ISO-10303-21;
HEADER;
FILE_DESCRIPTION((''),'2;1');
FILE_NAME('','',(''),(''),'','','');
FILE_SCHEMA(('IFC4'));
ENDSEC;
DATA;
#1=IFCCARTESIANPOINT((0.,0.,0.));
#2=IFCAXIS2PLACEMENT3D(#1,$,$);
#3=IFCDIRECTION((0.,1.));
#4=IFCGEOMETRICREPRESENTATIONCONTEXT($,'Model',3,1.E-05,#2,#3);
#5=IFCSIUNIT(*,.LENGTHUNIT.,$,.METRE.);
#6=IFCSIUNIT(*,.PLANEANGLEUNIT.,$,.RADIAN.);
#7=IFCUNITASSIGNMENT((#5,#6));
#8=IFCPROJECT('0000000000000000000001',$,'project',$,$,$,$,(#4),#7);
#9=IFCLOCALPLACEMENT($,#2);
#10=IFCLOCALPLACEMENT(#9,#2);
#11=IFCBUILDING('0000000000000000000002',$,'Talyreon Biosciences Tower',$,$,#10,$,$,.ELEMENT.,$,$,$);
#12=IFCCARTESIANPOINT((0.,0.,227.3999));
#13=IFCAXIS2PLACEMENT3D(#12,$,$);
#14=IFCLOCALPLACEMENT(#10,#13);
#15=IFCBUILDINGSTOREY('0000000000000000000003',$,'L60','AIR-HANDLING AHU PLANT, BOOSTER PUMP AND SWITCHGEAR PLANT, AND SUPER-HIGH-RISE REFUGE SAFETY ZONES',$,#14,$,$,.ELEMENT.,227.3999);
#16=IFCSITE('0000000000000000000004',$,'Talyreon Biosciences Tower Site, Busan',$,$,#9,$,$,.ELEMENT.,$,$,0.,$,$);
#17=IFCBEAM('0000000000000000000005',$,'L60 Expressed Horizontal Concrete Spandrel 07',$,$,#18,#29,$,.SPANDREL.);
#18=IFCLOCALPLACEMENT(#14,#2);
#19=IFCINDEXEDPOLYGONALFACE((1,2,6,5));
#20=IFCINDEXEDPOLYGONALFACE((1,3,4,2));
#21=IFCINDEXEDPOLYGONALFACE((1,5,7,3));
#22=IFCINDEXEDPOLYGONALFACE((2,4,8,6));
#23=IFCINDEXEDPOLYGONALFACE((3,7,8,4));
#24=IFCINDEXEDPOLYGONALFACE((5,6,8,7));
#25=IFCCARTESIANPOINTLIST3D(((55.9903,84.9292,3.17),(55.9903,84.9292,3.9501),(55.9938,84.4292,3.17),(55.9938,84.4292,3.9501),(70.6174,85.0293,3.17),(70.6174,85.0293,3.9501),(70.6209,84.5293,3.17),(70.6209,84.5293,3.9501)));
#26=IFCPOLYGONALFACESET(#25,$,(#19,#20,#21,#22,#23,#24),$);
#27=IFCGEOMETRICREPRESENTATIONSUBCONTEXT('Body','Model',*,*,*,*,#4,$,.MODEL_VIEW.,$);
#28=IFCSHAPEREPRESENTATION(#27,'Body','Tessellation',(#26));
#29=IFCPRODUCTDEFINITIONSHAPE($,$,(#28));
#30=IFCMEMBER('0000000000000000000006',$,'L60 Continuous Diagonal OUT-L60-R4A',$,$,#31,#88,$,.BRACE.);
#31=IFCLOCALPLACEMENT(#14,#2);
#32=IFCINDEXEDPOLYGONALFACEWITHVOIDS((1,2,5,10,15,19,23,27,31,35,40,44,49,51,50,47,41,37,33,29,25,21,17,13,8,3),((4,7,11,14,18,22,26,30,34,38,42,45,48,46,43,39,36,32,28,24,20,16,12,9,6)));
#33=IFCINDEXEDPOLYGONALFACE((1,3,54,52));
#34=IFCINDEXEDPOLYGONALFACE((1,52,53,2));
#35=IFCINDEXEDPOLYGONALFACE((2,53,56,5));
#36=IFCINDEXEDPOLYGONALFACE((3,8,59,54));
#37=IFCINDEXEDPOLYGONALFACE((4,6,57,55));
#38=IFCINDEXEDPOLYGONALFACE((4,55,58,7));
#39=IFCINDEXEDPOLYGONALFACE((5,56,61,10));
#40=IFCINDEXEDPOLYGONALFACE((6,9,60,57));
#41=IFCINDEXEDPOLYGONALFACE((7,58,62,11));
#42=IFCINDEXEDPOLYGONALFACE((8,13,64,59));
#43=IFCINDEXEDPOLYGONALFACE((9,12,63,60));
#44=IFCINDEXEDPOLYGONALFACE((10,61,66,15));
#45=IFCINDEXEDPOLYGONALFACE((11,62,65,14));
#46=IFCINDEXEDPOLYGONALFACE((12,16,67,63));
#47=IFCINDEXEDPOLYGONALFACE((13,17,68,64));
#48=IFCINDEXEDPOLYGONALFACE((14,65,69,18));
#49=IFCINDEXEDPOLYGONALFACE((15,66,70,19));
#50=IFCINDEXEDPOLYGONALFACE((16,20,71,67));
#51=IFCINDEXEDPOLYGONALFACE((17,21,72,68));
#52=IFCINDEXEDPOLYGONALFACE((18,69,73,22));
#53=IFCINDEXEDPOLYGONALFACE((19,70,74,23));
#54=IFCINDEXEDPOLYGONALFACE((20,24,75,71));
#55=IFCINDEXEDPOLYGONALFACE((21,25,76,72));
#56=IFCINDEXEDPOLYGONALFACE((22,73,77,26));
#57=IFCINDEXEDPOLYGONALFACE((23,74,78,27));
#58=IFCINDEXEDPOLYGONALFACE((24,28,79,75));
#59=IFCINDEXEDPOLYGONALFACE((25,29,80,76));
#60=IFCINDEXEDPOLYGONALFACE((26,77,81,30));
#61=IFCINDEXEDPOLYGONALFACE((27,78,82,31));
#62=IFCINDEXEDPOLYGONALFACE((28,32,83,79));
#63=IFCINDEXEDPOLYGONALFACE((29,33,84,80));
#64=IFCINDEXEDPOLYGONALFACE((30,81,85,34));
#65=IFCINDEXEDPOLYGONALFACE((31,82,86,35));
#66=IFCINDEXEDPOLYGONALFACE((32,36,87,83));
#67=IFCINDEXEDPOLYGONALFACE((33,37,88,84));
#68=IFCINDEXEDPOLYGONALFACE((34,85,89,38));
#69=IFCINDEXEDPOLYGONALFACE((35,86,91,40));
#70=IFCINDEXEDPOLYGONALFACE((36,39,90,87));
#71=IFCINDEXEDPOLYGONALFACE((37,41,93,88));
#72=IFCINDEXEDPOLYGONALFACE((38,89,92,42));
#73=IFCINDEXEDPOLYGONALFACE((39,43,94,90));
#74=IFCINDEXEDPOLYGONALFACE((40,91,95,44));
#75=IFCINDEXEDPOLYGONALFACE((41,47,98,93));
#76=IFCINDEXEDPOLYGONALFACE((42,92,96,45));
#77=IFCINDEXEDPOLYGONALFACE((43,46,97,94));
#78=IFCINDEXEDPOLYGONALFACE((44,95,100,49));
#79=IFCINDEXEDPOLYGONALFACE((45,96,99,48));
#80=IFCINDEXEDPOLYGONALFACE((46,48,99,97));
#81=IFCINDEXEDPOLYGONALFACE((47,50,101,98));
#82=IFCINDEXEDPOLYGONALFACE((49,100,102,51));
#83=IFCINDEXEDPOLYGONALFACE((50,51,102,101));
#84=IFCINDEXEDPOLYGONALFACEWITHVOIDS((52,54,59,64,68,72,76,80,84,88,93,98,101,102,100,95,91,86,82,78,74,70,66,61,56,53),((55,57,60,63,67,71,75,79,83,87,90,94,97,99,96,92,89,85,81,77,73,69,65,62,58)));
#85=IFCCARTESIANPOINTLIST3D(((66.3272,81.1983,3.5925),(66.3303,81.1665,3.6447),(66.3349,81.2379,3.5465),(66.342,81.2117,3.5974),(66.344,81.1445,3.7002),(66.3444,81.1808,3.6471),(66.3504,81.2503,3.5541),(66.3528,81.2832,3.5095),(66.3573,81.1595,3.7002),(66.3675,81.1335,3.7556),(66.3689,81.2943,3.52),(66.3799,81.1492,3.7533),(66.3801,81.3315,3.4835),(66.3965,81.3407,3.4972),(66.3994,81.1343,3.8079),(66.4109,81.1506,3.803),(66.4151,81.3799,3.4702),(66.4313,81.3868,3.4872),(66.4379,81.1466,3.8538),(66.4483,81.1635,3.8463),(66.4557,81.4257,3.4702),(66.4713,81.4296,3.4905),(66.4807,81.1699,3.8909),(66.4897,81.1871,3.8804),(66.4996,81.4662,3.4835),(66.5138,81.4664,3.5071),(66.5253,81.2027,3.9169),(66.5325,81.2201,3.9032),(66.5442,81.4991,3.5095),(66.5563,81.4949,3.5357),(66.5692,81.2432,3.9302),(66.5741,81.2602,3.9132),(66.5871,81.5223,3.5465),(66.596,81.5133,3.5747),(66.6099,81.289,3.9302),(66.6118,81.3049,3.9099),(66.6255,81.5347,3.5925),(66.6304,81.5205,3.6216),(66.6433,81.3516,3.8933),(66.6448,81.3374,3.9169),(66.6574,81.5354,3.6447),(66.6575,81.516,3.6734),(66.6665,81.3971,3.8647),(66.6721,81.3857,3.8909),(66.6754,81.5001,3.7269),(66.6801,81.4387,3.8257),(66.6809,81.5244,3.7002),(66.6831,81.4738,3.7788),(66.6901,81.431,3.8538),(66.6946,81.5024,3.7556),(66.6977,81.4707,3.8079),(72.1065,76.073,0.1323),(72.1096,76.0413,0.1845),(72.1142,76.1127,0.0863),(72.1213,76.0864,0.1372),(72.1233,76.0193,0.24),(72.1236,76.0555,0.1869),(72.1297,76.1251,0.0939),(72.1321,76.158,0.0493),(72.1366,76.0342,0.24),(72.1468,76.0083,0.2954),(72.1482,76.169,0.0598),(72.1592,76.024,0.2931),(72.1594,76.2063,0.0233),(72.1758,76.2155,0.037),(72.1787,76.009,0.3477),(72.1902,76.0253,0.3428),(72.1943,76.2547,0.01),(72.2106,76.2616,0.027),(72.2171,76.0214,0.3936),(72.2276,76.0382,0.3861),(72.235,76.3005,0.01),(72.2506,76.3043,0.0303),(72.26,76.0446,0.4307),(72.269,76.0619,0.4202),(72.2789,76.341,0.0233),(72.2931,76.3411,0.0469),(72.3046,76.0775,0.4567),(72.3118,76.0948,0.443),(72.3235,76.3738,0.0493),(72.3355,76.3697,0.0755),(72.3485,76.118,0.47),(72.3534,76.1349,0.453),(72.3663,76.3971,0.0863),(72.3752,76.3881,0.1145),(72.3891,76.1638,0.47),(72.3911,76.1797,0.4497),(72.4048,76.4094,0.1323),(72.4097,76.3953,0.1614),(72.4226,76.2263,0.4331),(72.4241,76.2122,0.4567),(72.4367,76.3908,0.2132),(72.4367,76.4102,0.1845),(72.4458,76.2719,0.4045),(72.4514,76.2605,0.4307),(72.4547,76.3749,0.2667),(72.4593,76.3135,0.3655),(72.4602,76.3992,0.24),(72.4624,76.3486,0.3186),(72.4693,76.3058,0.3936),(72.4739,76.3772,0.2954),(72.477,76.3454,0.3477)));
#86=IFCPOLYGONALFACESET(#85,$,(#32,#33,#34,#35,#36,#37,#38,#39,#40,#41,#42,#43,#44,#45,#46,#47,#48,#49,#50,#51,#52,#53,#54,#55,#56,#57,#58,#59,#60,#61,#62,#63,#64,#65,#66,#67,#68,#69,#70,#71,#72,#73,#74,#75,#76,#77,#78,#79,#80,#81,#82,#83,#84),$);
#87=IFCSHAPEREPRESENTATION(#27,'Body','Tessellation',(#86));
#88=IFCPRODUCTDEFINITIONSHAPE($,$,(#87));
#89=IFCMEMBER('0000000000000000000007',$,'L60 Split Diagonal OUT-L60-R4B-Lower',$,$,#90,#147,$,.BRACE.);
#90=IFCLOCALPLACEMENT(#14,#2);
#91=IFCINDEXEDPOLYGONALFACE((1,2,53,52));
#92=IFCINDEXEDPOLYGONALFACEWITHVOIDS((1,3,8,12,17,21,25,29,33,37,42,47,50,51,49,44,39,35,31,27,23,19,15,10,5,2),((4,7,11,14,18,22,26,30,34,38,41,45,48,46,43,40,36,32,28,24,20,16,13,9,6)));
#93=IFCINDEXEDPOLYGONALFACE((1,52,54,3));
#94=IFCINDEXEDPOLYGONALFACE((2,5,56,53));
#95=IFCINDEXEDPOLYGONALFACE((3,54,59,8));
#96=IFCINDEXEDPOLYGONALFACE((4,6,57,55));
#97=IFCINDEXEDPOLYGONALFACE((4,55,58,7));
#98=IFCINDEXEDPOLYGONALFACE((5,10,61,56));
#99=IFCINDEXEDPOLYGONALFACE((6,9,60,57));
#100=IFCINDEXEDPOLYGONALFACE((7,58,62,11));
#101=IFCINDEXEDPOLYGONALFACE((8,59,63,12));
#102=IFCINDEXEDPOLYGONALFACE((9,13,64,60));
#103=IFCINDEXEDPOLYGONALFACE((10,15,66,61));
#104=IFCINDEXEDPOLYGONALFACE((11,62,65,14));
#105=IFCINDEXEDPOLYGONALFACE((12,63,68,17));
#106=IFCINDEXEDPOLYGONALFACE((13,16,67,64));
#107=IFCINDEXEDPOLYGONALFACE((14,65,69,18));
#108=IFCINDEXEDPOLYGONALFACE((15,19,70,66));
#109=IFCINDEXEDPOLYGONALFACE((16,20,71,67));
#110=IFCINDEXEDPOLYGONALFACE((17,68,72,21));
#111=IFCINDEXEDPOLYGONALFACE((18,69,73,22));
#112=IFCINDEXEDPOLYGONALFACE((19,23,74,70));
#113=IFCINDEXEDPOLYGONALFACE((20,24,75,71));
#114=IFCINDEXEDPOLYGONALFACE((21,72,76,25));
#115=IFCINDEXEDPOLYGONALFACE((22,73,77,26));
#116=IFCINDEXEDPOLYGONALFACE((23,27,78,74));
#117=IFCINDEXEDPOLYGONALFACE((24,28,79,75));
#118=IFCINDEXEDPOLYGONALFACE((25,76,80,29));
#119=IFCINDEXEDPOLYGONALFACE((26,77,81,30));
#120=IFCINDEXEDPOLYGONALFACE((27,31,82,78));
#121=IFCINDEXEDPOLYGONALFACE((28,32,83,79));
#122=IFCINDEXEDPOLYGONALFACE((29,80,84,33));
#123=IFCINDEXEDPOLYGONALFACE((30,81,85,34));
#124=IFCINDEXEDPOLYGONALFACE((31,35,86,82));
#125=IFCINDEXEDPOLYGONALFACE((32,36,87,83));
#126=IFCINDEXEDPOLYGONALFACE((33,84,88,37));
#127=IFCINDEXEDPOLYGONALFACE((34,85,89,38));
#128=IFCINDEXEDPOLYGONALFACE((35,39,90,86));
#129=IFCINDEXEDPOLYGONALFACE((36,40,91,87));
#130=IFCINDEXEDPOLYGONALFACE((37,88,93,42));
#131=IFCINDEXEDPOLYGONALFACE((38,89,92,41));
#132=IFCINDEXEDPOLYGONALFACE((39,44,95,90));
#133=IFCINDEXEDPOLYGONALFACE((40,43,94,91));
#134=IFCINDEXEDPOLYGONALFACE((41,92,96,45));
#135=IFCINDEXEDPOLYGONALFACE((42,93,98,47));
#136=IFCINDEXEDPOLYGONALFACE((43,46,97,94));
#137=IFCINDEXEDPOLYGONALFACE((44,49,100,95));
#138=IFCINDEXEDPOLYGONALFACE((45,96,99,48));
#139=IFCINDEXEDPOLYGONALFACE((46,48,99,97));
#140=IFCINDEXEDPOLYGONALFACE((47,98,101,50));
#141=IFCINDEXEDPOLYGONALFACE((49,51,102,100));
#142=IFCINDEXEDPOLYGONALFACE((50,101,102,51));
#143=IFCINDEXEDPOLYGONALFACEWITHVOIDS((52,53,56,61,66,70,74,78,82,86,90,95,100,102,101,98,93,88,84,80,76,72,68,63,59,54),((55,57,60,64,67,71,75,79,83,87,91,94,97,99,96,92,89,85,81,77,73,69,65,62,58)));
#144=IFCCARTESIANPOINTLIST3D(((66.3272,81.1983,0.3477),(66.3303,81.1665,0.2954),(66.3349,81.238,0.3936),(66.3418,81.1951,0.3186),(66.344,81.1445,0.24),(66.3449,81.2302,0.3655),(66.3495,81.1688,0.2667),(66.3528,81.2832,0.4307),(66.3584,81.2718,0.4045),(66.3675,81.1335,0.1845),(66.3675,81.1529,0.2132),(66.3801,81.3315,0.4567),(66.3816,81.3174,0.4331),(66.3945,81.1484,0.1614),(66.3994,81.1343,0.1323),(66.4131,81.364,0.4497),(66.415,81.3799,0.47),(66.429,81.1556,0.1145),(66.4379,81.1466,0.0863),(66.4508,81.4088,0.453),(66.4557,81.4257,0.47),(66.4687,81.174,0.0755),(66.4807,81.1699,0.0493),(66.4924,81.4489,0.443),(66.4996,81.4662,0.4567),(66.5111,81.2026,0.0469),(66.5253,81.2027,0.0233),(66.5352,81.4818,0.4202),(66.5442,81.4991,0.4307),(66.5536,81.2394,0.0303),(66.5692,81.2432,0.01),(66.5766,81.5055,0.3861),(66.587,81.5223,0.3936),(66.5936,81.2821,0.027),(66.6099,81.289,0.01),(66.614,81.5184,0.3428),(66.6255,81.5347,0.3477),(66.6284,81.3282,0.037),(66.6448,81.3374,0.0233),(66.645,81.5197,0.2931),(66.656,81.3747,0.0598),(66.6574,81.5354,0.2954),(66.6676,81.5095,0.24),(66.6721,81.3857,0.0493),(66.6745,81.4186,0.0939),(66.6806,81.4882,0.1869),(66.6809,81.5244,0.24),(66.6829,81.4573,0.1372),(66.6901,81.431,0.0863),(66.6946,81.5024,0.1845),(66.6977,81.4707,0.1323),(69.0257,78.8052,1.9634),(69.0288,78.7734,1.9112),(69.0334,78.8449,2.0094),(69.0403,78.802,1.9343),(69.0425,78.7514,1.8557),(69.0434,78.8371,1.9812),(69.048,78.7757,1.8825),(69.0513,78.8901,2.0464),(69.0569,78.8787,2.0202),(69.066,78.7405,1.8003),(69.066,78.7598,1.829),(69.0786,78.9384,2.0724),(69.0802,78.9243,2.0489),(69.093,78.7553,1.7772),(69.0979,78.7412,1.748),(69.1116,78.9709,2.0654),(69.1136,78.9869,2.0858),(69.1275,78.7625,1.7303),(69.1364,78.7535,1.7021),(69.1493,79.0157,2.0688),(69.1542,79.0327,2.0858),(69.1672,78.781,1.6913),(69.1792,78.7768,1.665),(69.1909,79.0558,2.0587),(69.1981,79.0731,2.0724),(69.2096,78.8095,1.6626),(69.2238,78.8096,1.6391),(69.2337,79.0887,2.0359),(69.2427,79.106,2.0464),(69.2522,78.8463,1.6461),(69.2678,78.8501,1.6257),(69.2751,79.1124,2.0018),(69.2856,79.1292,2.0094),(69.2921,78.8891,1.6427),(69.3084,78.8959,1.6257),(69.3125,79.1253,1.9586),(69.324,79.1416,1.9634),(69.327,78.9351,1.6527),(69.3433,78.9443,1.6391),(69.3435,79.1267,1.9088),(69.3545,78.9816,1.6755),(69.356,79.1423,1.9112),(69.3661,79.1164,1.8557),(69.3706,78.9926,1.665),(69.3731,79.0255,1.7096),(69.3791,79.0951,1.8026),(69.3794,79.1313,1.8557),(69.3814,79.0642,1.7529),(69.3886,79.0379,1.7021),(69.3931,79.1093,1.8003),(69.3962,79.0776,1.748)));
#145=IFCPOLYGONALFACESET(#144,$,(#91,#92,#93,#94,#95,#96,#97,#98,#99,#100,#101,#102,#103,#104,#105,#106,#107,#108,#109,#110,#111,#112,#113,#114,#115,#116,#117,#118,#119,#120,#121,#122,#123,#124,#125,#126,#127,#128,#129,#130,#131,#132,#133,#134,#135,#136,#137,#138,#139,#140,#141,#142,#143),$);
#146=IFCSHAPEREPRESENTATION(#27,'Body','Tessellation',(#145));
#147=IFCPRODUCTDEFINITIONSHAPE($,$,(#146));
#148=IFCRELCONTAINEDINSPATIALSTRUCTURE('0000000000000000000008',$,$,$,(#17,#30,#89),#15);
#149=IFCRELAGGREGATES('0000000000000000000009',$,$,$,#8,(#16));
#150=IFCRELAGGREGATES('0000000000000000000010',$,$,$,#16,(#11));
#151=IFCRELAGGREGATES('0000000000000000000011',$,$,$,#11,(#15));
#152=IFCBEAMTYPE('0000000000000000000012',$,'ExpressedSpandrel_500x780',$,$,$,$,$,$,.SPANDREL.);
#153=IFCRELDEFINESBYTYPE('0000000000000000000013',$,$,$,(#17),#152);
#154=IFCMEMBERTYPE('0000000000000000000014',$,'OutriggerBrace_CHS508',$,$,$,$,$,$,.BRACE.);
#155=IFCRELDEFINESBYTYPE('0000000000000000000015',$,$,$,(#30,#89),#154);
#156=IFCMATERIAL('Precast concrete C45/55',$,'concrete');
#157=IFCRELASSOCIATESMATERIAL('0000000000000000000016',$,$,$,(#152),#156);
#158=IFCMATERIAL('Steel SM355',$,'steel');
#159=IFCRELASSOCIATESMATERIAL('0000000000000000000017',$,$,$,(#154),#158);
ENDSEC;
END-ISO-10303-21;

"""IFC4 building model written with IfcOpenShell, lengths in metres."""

from ifc_helpers import new_model, si_unit, direction, frame, origin, origin_2d, place, context, subcontext, project, spatial, rectangle, hollow_circle, extrude, material, material_profile, profile_set, type_object, element, save


model = new_model("IFC4")

# Units and contexts
model_context = context("Model", 3, precision=1e-05, world=origin(), true_north=direction((0.0, 1.0)))
body_context = subcontext(model_context, "Body", "Model", "MODEL_VIEW")
ifc_project = project(units=[si_unit("LENGTHUNIT", "METRE"), si_unit("PLANEANGLEUNIT", "RADIAN")], contexts=[model_context])

# Site, building, storey
site_placement = place(None, origin())
site = spatial("IfcSite", under=ifc_project, at=site_placement, Name="Talyreon Biosciences Tower Site, Busan", CompositionType="ELEMENT", RefElevation=0.0)
building_placement = place(site_placement, origin())
building = spatial("IfcBuilding", under=site, at=building_placement, Name="Talyreon Biosciences Tower", CompositionType="ELEMENT")
storey_placement = place(building_placement, frame((0.0, 0.0, 227.3999)))
storey = spatial("IfcBuildingStorey", under=building, at=storey_placement, Name="L60", Description="AIR-HANDLING AHU PLANT, BOOSTER PUMP AND SWITCHGEAR PLANT, AND SUPER-HIGH-RISE REFUGE SAFETY ZONES", CompositionType="ELEMENT", Elevation=227.3999)

# Shared definitions
ifc_material_1 = material(Name="Precast concrete C45/55", Category="concrete")

# Shared definitions
ifc_material_2 = material(Name="Steel SM355", Category="steel")

# Beam
ifc_material_profile_1 = material_profile(ifc_material_1, rectangle(XDim=0.5, YDim=0.78, at=origin_2d()), Name="RCB 500x780")
ifc_profile_set_1 = profile_set([ifc_material_profile_1], Name="Precast concrete C45/55")
beam_type_1 = type_object("IfcBeamType", Name="ExpressedSpandrel_500x780", PredefinedType="SPANDREL", material=ifc_profile_set_1)
beam_1_placement = place(storey_placement, frame((70.6191, 84.7793, 3.5601), z_axis=(-0.999977, -0.006843, 0.0), x_axis=(0.006843, -0.999977, 0.0)))
element("IfcBeam", 1, at=beam_1_placement, inside=storey, type_object=beam_type_1, Name="L60 Expressed Horizontal Concrete Spandrel 07", PredefinedType="SPANDREL", context=body_context, shape_type="SweptSolid", body=[
    extrude(rectangle(XDim=0.5, YDim=0.78, at=origin_2d()), origin(), (0.0, 0.0, 1.0), 14.6274),
])

# Members
ifc_material_profile_2 = material_profile(ifc_material_2, hollow_circle(Radius=0.2539, WallThickness=0.02, at=origin_2d()), Name="CHS 508x20")
ifc_profile_set_2 = profile_set([ifc_material_profile_2], Name="Steel SM355")
member_type_1 = type_object("IfcMemberType", Name="OutriggerBrace_CHS508", PredefinedType="BRACE", material=ifc_profile_set_2)
member_1_placement = place(storey_placement, frame((72.2917, 76.2092, 0.24), z_axis=(-0.682799, 0.605526, 0.408808), x_axis=(-0.663502, -0.748174, 0.0)))
element("IfcMember", 2, at=member_1_placement, inside=storey, type_object=member_type_1, Name="L60 Continuous Diagonal OUT-L60-R4A", PredefinedType="BRACE", context=body_context, shape_type="SweptSolid", body=[
    extrude(hollow_circle(Radius=0.2539, WallThickness=0.02, at=origin_2d()), origin(), (0.0, 0.0, 1.0), 8.4641),
])
member_2_placement = place(storey_placement, frame((66.5125, 81.3345, 0.24), z_axis=(0.682797, -0.605517, 0.408826), x_axis=(0.663498, 0.748178, 0.0)))
element("IfcMember", 3, at=member_2_placement, inside=storey, type_object=member_type_1, Name="L60 Split Diagonal OUT-L60-R4B-Lower", PredefinedType="BRACE", context=body_context, shape_type="SweptSolid", body=[
    extrude(hollow_circle(Radius=0.2539, WallThickness=0.02, at=origin_2d()), origin(), (0.0, 0.0, 1.0), 3.9521),
])

save(model, "model.ifc")
